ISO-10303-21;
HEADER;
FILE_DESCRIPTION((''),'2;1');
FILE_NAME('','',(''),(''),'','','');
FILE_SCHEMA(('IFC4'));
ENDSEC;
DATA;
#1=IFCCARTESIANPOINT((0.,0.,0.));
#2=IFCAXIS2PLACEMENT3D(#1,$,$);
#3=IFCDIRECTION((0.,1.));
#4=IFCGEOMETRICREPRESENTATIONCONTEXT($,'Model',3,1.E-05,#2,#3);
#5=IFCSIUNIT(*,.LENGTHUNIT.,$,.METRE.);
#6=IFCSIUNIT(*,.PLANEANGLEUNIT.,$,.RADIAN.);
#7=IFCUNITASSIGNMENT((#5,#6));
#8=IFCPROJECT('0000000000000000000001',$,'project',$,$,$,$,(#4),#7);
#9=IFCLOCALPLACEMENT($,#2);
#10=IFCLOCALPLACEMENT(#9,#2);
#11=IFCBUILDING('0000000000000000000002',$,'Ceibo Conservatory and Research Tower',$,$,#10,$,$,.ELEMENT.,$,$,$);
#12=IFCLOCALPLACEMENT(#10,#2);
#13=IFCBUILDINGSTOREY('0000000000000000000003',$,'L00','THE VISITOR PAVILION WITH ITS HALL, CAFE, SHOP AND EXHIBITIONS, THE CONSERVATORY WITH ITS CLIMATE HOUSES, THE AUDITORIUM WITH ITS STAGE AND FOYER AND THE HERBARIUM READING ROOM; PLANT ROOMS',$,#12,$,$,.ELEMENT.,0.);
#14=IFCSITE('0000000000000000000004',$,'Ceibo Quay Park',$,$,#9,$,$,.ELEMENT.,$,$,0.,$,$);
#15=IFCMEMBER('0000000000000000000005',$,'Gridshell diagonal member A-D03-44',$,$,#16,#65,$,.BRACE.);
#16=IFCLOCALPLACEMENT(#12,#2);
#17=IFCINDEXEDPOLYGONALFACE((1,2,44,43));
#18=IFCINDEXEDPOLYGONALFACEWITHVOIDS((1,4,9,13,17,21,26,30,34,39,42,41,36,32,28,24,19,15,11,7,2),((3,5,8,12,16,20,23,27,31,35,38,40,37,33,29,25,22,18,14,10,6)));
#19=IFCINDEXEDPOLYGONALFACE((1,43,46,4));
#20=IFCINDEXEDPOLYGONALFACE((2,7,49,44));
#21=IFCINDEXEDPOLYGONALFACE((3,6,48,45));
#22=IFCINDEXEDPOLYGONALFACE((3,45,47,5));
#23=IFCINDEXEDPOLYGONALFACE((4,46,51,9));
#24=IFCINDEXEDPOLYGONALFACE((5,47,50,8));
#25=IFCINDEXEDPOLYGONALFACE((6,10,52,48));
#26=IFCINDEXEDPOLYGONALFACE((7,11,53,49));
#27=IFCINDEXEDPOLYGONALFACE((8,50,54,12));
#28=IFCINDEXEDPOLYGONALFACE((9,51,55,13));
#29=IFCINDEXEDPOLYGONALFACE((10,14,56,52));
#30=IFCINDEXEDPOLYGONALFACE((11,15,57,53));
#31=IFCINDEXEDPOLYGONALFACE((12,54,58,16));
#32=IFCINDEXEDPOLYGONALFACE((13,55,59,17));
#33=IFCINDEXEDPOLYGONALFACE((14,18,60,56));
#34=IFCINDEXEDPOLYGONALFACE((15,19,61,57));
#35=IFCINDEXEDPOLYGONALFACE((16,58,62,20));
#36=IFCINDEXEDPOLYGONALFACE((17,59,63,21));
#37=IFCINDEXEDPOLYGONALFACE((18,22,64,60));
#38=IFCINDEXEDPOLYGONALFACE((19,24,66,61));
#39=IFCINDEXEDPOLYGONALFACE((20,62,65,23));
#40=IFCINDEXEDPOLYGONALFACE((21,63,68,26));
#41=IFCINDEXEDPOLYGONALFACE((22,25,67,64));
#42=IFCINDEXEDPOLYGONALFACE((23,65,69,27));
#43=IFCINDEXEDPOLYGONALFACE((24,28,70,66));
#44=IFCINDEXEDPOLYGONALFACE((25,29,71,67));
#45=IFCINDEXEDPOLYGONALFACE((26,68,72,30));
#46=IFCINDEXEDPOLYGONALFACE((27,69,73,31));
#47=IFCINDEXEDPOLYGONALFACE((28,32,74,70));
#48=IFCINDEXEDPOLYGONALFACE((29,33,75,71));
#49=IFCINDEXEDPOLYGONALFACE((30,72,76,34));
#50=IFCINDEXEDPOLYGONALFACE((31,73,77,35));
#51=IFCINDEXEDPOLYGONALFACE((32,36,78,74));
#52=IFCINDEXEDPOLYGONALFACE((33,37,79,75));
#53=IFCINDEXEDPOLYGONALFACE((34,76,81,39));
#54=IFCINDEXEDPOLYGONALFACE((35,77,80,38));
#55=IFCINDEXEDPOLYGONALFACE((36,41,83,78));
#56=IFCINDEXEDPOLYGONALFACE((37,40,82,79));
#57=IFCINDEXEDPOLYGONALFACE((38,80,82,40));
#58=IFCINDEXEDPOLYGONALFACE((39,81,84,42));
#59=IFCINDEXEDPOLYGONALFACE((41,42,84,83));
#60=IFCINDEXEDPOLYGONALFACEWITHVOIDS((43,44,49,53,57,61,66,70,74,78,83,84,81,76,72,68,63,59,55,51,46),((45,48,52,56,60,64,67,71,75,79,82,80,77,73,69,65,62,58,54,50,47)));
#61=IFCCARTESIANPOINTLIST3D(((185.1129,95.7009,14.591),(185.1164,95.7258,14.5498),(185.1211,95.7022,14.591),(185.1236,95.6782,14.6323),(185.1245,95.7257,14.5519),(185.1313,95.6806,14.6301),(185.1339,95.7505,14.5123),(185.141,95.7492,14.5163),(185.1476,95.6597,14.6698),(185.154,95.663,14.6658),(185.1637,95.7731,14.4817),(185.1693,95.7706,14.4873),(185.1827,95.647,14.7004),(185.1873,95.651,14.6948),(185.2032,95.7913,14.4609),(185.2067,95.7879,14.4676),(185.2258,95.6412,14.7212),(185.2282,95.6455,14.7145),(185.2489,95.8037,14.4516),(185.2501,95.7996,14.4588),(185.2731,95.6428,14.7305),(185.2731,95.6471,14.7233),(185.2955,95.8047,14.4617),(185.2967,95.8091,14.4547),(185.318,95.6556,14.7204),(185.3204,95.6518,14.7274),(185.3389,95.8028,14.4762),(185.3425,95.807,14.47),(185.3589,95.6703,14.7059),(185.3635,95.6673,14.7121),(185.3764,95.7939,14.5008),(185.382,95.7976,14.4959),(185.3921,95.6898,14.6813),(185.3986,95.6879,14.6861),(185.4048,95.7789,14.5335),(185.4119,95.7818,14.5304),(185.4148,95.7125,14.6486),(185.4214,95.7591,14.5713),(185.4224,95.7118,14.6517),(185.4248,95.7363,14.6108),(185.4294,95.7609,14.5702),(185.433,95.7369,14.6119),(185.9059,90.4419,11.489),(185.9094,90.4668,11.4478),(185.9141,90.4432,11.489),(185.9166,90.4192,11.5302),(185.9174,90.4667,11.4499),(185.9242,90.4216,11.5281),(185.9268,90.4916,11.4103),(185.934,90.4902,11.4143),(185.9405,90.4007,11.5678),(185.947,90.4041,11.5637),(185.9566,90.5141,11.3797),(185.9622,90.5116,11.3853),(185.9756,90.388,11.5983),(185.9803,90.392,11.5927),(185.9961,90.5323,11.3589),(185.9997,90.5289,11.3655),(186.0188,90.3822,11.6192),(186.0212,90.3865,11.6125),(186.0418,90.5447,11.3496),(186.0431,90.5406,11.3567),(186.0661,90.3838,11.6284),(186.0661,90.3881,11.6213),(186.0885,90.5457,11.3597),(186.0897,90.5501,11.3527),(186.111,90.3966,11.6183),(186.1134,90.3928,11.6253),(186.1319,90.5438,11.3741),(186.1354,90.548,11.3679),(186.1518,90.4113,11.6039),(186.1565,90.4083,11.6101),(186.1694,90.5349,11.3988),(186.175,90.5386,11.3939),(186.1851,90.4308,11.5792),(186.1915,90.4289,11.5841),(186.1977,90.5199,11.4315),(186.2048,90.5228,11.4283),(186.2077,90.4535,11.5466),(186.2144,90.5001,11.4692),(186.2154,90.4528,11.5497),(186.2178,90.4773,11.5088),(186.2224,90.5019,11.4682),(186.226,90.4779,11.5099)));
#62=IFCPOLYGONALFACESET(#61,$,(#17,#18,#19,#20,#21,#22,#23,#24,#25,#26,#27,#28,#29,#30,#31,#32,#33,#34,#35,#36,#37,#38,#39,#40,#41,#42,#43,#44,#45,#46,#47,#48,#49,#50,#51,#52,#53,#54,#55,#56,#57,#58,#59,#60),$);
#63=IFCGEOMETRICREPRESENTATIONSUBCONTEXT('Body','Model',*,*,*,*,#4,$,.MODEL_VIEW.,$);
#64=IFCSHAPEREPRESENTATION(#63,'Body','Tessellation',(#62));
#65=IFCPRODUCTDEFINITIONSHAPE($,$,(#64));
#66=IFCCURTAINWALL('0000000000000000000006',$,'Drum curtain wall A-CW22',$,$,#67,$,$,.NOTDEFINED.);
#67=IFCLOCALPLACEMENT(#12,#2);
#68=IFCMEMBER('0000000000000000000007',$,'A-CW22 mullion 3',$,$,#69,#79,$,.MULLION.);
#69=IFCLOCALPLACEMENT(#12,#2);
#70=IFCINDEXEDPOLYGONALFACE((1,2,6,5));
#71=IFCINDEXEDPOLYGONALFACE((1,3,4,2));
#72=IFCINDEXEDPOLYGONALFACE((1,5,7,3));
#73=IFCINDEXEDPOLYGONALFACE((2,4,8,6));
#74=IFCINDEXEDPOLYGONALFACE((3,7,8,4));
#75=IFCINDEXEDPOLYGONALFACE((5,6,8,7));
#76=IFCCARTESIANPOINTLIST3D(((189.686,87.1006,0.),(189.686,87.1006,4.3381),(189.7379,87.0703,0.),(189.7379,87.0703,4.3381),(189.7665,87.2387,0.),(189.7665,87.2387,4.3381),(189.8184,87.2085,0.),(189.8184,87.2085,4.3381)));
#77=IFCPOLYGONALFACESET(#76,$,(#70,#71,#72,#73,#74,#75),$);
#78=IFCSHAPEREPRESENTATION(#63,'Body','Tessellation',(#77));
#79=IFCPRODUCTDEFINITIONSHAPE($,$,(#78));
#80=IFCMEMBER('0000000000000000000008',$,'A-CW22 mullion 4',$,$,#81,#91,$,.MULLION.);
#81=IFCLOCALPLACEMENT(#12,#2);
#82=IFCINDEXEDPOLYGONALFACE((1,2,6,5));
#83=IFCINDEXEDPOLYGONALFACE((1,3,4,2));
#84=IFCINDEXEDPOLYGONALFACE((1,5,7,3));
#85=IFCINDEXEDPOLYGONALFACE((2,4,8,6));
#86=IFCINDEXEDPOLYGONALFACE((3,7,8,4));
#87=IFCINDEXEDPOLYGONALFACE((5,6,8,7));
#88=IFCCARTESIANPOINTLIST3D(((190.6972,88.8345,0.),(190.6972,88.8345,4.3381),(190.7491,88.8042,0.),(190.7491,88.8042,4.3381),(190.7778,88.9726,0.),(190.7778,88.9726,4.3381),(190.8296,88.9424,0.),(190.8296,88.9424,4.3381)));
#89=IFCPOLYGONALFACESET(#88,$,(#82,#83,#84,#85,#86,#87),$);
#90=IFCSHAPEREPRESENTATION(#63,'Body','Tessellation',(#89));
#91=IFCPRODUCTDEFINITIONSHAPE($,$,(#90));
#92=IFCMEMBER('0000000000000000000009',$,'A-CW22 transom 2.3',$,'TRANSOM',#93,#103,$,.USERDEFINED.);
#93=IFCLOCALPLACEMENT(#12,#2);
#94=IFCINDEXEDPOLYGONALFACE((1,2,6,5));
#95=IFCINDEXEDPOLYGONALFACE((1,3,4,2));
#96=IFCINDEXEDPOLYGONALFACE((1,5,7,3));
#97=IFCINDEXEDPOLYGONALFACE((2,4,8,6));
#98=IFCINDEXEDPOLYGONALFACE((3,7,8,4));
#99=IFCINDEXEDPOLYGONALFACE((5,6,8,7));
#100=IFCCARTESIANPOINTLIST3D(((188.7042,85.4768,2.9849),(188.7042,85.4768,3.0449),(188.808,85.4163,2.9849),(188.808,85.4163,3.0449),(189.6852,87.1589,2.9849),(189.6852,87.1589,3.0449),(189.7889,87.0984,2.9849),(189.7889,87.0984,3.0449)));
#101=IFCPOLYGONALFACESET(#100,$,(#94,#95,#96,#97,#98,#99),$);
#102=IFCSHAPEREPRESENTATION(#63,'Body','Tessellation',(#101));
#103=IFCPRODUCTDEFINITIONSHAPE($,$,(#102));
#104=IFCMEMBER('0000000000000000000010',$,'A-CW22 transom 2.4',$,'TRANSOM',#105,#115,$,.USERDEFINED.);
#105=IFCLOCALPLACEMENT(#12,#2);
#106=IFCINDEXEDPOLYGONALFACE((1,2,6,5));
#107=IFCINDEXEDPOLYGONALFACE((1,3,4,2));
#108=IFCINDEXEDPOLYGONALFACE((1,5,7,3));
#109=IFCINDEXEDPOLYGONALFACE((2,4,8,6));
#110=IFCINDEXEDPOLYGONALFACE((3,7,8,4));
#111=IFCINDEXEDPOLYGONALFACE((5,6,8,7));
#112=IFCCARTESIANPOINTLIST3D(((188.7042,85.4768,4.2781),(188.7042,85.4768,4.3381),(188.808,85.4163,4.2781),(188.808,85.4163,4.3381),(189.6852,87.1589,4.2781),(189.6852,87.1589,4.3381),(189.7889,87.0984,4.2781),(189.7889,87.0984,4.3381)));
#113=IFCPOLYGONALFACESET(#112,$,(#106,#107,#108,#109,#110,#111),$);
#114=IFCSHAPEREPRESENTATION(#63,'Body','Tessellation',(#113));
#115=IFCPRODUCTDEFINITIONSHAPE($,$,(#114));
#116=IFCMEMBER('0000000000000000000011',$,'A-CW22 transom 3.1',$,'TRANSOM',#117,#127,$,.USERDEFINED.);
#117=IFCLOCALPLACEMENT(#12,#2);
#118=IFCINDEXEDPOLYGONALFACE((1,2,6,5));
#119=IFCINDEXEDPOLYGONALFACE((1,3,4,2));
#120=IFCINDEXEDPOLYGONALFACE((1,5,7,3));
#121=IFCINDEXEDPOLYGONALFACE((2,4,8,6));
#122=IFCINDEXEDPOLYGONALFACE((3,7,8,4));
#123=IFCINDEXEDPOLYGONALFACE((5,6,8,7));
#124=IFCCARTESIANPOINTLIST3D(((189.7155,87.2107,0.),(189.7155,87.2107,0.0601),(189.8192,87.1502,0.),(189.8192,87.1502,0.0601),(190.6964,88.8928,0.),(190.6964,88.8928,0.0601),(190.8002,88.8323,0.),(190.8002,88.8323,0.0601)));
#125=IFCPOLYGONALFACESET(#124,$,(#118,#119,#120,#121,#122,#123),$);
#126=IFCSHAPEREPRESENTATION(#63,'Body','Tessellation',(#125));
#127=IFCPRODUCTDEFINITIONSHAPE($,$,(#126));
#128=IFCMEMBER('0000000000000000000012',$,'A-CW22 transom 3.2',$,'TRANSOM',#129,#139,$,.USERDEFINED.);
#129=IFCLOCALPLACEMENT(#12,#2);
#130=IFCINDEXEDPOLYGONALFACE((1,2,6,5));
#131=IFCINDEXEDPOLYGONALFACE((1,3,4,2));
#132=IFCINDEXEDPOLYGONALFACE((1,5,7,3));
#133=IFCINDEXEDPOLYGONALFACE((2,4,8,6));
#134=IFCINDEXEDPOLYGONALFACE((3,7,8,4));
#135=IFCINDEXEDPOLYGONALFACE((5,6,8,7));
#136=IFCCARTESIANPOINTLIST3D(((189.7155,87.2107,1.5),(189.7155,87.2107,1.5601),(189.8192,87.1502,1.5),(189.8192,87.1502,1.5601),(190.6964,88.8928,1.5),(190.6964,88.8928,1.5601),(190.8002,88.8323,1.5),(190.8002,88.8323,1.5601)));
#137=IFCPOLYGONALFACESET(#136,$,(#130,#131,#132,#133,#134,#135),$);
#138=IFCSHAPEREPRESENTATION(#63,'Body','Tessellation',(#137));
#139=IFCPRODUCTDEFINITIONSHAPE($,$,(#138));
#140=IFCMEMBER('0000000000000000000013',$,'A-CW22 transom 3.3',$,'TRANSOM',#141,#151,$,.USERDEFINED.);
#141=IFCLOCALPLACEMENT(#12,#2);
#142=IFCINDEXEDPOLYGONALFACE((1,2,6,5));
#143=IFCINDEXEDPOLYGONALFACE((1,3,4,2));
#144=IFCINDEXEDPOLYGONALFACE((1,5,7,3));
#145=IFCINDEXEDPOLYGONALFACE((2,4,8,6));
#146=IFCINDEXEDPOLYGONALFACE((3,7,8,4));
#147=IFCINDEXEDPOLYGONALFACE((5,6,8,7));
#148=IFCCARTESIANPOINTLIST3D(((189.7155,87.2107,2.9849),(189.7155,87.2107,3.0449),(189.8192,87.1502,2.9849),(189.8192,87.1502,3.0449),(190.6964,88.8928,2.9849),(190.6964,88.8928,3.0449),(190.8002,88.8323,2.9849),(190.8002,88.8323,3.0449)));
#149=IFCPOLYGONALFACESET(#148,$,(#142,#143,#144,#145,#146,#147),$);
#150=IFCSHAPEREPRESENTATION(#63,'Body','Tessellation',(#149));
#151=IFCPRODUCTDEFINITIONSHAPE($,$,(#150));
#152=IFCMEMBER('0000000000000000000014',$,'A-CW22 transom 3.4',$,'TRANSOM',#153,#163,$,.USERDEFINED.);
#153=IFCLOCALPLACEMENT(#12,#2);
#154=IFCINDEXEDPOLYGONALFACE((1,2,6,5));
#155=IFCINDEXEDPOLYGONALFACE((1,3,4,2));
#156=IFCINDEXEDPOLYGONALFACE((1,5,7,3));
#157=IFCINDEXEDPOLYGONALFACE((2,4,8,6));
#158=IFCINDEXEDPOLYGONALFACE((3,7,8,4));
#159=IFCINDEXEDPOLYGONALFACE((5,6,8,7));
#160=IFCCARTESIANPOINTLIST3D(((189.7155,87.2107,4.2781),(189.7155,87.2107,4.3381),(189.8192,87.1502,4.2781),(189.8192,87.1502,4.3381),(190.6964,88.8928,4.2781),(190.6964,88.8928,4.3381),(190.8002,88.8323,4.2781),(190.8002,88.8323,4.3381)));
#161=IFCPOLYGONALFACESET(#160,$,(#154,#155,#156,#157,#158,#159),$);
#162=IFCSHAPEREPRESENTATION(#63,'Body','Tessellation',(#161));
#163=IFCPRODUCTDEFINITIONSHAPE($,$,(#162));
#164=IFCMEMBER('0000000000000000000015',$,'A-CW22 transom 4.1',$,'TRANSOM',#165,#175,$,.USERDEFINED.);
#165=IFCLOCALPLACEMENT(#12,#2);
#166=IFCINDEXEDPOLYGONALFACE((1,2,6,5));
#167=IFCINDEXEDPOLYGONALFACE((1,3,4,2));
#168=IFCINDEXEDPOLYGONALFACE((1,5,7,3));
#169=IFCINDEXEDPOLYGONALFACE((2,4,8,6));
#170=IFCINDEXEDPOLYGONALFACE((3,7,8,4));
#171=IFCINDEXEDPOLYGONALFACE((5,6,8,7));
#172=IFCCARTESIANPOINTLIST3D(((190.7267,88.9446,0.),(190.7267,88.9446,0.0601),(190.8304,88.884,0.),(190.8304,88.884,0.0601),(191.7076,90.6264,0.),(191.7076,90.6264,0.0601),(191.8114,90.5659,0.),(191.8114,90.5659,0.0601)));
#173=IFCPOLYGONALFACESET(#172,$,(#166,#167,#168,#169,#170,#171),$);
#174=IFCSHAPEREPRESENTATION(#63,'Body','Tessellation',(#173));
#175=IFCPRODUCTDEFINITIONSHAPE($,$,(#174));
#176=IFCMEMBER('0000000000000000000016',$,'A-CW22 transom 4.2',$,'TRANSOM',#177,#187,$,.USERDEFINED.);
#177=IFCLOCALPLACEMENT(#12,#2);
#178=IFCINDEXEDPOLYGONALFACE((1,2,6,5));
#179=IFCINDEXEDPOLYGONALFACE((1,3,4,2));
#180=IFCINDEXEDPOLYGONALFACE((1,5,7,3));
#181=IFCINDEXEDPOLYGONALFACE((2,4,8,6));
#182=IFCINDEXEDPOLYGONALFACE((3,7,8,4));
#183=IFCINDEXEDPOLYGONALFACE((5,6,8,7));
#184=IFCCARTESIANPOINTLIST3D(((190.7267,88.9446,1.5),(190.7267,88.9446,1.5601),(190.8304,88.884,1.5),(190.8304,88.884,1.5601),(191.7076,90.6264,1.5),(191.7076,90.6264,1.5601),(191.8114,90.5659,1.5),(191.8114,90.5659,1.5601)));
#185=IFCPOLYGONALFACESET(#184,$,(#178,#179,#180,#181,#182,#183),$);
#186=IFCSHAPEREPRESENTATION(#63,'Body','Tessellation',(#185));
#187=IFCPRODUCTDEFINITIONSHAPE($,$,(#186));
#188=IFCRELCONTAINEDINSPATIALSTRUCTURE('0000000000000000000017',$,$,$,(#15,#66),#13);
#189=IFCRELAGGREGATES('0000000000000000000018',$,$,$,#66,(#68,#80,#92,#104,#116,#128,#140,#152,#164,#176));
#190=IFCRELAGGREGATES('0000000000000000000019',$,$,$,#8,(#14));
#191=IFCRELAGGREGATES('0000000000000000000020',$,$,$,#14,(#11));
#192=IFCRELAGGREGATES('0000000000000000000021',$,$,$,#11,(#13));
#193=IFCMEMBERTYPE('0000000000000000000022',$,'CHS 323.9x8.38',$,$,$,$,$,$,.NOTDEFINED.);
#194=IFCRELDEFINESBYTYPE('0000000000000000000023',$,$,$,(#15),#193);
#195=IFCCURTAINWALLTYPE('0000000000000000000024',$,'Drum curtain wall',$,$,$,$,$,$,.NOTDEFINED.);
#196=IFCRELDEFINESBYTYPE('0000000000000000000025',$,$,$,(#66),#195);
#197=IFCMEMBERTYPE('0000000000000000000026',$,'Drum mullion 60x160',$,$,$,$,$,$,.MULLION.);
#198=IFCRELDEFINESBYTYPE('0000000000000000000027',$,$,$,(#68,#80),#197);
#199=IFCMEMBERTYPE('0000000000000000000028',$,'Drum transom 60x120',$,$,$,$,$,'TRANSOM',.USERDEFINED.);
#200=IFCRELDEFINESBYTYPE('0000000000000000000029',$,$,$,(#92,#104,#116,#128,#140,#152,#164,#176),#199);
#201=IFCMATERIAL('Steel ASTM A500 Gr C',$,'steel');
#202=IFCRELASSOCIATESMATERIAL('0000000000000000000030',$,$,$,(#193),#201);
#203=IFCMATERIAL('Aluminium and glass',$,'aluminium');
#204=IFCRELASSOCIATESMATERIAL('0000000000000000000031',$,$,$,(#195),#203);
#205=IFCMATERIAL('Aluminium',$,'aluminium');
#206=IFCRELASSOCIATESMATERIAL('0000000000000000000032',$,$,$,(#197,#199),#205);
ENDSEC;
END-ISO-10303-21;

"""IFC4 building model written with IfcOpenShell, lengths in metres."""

from ifc_helpers import new_model, si_unit, direction, frame, origin, origin_2d, place, context, subcontext, project, spatial, rectangle, hollow_circle, extrude, material, material_profile, profile_set, type_object, element, aggregate, save


model = new_model("IFC4")

# Units and contexts
model_context = context("Model", 3, precision=1e-05, world=origin(), true_north=direction((0.0, 1.0)))
body_context = subcontext(model_context, "Body", "Model", "MODEL_VIEW")
ifc_project = project(units=[si_unit("LENGTHUNIT", "METRE"), si_unit("PLANEANGLEUNIT", "RADIAN")], contexts=[model_context])

# Site, building, storey
site_placement = place(None, origin())
site = spatial("IfcSite", under=ifc_project, at=site_placement, Name="Ceibo Quay Park", CompositionType="ELEMENT", RefElevation=0.0)
building_placement = place(site_placement, origin())
building = spatial("IfcBuilding", under=site, at=building_placement, Name="Ceibo Conservatory and Research Tower", CompositionType="ELEMENT")
storey_placement = place(building_placement, origin())
storey = spatial("IfcBuildingStorey", under=building, at=storey_placement, Name="L00", Description="THE VISITOR PAVILION WITH ITS HALL, CAFE, SHOP AND EXHIBITIONS, THE CONSERVATORY WITH ITS CLIMATE HOUSES, THE AUDITORIUM WITH ITS STAGE AND FOYER AND THE HERBARIUM READING ROOM; PLANT ROOMS", CompositionType="ELEMENT", Elevation=0.0)

# Member
ifc_material_1 = material(Name="Steel ASTM A500 Gr C", Category="steel")
ifc_material_profile_1 = material_profile(ifc_material_1, hollow_circle(Radius=0.1619, WallThickness=0.0083, at=origin_2d()), Name="CHS 323.9x8.38")
ifc_profile_set_1 = profile_set([ifc_material_profile_1], Name="Steel ASTM A500 Gr C")
member_type_1 = type_object("IfcMemberType", Name="CHS 323.9x8.38", PredefinedType="NOTDEFINED", material=ifc_profile_set_1)
member_1_placement = place(storey_placement, frame((186.0659, 90.4661, 11.489), z_axis=(-0.128791, 0.854152, 0.503823), x_axis=(-0.988823, -0.149097, 0.0)))
element("IfcMember", 1, at=member_1_placement, inside=storey, type_object=member_type_1, Name="Gridshell diagonal member A-D03-44", PredefinedType="BRACE", context=body_context, shape_type="SweptSolid", body=[
    extrude(hollow_circle(Radius=0.1619, WallThickness=0.0083, at=origin_2d()), origin(), (0.0, 0.0, 1.0), 6.157),
])

# Curtain wall, members
ifc_material_2 = material(Name="Aluminium and glass", Category="aluminium")
curtain_wall_type = type_object("IfcCurtainWallType", Name="Drum curtain wall", PredefinedType="NOTDEFINED", material=ifc_material_2)
curtain_wall_placement = place(storey_placement, origin())
curtain_wall = element("IfcCurtainWall", 2, at=curtain_wall_placement, inside=storey, type_object=curtain_wall_type, Name="Drum curtain wall A-CW22", PredefinedType="NOTDEFINED")
ifc_material_3 = material(Name="Aluminium", Category="aluminium")
ifc_material_profile_2 = material_profile(ifc_material_3, rectangle(XDim=0.0601, YDim=0.1599, at=origin_2d()), Name="AL 60x160")
ifc_profile_set_2 = profile_set([ifc_material_profile_2], Name="Aluminium")
member_type_2 = type_object("IfcMemberType", Name="Drum mullion 60x160", PredefinedType="MULLION", material=ifc_profile_set_2)
member_2_placement = place(storey_placement, frame((189.7522, 87.1545, 0.0), z_axis=(0.0, 0.0, 1.0), x_axis=(-0.863836, 0.503774, 0.0)))
member_2 = element("IfcMember", 3, at=member_2_placement, type_object=member_type_2, Name="A-CW22 mullion 3", PredefinedType="MULLION", context=body_context, shape_type="SweptSolid", body=[
    extrude(rectangle(XDim=0.0601, YDim=0.1599, at=origin_2d()), origin(), (0.0, 0.0, 1.0), 4.3381),
])
member_3_placement = place(storey_placement, frame((190.7634, 88.8884, 0.0), z_axis=(0.0, 0.0, 1.0), x_axis=(-0.863836, 0.503774, 0.0)))
member_3 = element("IfcMember", 4, at=member_3_placement, type_object=member_type_2, Name="A-CW22 mullion 4", PredefinedType="MULLION", context=body_context, shape_type="SweptSolid", body=[
    extrude(rectangle(XDim=0.0601, YDim=0.1599, at=origin_2d()), origin(), (0.0, 0.0, 1.0), 4.3381),
])
ifc_material_profile_3 = material_profile(ifc_material_3, rectangle(XDim=0.1201, YDim=0.0601, at=origin_2d()), Name="AL 60x120")
ifc_profile_set_3 = profile_set([ifc_material_profile_3], Name="Aluminium")
member_type_3 = type_object("IfcMemberType", Name="Drum transom 60x120", ElementType="TRANSOM", PredefinedType="USERDEFINED", material=ifc_profile_set_3)
member_4_placement = place(storey_placement, frame((188.7561, 85.4465, 3.0149), z_axis=(0.503762, 0.863843, 0.0), x_axis=(-0.863843, 0.503762, 0.0)))
member_4 = element("IfcMember", 5, at=member_4_placement, type_object=member_type_3, Name="A-CW22 transom 2.3", ObjectType="TRANSOM", PredefinedType="USERDEFINED", context=body_context, shape_type="SweptSolid", body=[
    extrude(rectangle(XDim=0.1201, YDim=0.0601, at=origin_2d()), origin(), (0.0, 0.0, 1.0), 1.9473),
])
member_5_placement = place(storey_placement, frame((188.7561, 85.4465, 4.3081), z_axis=(0.503762, 0.863843, 0.0), x_axis=(-0.863843, 0.503762, 0.0)))
member_5 = element("IfcMember", 6, at=member_5_placement, type_object=member_type_3, Name="A-CW22 transom 2.4", ObjectType="TRANSOM", PredefinedType="USERDEFINED", context=body_context, shape_type="SweptSolid", body=[
    extrude(rectangle(XDim=0.1201, YDim=0.0601, at=origin_2d()), origin(), (0.0, 0.0, 1.0), 1.9473),
])
member_6_placement = place(storey_placement, frame((189.7673, 87.1804, 0.03), z_axis=(0.503762, 0.863843, 0.0), x_axis=(-0.863843, 0.503762, 0.0)))
member_6 = element("IfcMember", 7, at=member_6_placement, type_object=member_type_3, Name="A-CW22 transom 3.1", ObjectType="TRANSOM", PredefinedType="USERDEFINED", context=body_context, shape_type="SweptSolid", body=[
    extrude(rectangle(XDim=0.1201, YDim=0.0601, at=origin_2d()), origin(), (0.0, 0.0, 1.0), 1.9473),
])
member_7_placement = place(storey_placement, frame((189.7673, 87.1804, 1.53), z_axis=(0.503762, 0.863843, 0.0), x_axis=(-0.863843, 0.503762, 0.0)))
member_7 = element("IfcMember", 8, at=member_7_placement, type_object=member_type_3, Name="A-CW22 transom 3.2", ObjectType="TRANSOM", PredefinedType="USERDEFINED", context=body_context, shape_type="SweptSolid", body=[
    extrude(rectangle(XDim=0.1201, YDim=0.0601, at=origin_2d()), origin(), (0.0, 0.0, 1.0), 1.9473),
])
member_8_placement = place(storey_placement, frame((189.7673, 87.1804, 3.0149), z_axis=(0.503762, 0.863843, 0.0), x_axis=(-0.863843, 0.503762, 0.0)))
member_8 = element("IfcMember", 9, at=member_8_placement, type_object=member_type_3, Name="A-CW22 transom 3.3", ObjectType="TRANSOM", PredefinedType="USERDEFINED", context=body_context, shape_type="SweptSolid", body=[
    extrude(rectangle(XDim=0.1201, YDim=0.0601, at=origin_2d()), origin(), (0.0, 0.0, 1.0), 1.9473),
])
member_9_placement = place(storey_placement, frame((189.7673, 87.1804, 4.3081), z_axis=(0.503762, 0.863843, 0.0), x_axis=(-0.863843, 0.503762, 0.0)))
member_9 = element("IfcMember", 10, at=member_9_placement, type_object=member_type_3, Name="A-CW22 transom 3.4", ObjectType="TRANSOM", PredefinedType="USERDEFINED", context=body_context, shape_type="SweptSolid", body=[
    extrude(rectangle(XDim=0.1201, YDim=0.0601, at=origin_2d()), origin(), (0.0, 0.0, 1.0), 1.9473),
])
member_10_placement = place(storey_placement, frame((190.7786, 88.9143, 0.03), z_axis=(0.503816, 0.863811, 0.0), x_axis=(-0.863811, 0.503816, 0.0)))
member_10 = element("IfcMember", 11, at=member_10_placement, type_object=member_type_3, Name="A-CW22 transom 4.1", ObjectType="TRANSOM", PredefinedType="USERDEFINED", context=body_context, shape_type="SweptSolid", body=[
    extrude(rectangle(XDim=0.1201, YDim=0.0601, at=origin_2d()), origin(), (0.0, 0.0, 1.0), 1.947),
])
member_11_placement = place(storey_placement, frame((190.7786, 88.9143, 1.53), z_axis=(0.503816, 0.863811, 0.0), x_axis=(-0.863811, 0.503816, 0.0)))
member_11 = element("IfcMember", 12, at=member_11_placement, type_object=member_type_3, Name="A-CW22 transom 4.2", ObjectType="TRANSOM", PredefinedType="USERDEFINED", context=body_context, shape_type="SweptSolid", body=[
    extrude(rectangle(XDim=0.1201, YDim=0.0601, at=origin_2d()), origin(), (0.0, 0.0, 1.0), 1.947),
])
aggregate(curtain_wall, [member_2, member_3, member_4, member_5, member_6, member_7, member_8, member_9, member_10, member_11])

save(model, "model.ifc")
